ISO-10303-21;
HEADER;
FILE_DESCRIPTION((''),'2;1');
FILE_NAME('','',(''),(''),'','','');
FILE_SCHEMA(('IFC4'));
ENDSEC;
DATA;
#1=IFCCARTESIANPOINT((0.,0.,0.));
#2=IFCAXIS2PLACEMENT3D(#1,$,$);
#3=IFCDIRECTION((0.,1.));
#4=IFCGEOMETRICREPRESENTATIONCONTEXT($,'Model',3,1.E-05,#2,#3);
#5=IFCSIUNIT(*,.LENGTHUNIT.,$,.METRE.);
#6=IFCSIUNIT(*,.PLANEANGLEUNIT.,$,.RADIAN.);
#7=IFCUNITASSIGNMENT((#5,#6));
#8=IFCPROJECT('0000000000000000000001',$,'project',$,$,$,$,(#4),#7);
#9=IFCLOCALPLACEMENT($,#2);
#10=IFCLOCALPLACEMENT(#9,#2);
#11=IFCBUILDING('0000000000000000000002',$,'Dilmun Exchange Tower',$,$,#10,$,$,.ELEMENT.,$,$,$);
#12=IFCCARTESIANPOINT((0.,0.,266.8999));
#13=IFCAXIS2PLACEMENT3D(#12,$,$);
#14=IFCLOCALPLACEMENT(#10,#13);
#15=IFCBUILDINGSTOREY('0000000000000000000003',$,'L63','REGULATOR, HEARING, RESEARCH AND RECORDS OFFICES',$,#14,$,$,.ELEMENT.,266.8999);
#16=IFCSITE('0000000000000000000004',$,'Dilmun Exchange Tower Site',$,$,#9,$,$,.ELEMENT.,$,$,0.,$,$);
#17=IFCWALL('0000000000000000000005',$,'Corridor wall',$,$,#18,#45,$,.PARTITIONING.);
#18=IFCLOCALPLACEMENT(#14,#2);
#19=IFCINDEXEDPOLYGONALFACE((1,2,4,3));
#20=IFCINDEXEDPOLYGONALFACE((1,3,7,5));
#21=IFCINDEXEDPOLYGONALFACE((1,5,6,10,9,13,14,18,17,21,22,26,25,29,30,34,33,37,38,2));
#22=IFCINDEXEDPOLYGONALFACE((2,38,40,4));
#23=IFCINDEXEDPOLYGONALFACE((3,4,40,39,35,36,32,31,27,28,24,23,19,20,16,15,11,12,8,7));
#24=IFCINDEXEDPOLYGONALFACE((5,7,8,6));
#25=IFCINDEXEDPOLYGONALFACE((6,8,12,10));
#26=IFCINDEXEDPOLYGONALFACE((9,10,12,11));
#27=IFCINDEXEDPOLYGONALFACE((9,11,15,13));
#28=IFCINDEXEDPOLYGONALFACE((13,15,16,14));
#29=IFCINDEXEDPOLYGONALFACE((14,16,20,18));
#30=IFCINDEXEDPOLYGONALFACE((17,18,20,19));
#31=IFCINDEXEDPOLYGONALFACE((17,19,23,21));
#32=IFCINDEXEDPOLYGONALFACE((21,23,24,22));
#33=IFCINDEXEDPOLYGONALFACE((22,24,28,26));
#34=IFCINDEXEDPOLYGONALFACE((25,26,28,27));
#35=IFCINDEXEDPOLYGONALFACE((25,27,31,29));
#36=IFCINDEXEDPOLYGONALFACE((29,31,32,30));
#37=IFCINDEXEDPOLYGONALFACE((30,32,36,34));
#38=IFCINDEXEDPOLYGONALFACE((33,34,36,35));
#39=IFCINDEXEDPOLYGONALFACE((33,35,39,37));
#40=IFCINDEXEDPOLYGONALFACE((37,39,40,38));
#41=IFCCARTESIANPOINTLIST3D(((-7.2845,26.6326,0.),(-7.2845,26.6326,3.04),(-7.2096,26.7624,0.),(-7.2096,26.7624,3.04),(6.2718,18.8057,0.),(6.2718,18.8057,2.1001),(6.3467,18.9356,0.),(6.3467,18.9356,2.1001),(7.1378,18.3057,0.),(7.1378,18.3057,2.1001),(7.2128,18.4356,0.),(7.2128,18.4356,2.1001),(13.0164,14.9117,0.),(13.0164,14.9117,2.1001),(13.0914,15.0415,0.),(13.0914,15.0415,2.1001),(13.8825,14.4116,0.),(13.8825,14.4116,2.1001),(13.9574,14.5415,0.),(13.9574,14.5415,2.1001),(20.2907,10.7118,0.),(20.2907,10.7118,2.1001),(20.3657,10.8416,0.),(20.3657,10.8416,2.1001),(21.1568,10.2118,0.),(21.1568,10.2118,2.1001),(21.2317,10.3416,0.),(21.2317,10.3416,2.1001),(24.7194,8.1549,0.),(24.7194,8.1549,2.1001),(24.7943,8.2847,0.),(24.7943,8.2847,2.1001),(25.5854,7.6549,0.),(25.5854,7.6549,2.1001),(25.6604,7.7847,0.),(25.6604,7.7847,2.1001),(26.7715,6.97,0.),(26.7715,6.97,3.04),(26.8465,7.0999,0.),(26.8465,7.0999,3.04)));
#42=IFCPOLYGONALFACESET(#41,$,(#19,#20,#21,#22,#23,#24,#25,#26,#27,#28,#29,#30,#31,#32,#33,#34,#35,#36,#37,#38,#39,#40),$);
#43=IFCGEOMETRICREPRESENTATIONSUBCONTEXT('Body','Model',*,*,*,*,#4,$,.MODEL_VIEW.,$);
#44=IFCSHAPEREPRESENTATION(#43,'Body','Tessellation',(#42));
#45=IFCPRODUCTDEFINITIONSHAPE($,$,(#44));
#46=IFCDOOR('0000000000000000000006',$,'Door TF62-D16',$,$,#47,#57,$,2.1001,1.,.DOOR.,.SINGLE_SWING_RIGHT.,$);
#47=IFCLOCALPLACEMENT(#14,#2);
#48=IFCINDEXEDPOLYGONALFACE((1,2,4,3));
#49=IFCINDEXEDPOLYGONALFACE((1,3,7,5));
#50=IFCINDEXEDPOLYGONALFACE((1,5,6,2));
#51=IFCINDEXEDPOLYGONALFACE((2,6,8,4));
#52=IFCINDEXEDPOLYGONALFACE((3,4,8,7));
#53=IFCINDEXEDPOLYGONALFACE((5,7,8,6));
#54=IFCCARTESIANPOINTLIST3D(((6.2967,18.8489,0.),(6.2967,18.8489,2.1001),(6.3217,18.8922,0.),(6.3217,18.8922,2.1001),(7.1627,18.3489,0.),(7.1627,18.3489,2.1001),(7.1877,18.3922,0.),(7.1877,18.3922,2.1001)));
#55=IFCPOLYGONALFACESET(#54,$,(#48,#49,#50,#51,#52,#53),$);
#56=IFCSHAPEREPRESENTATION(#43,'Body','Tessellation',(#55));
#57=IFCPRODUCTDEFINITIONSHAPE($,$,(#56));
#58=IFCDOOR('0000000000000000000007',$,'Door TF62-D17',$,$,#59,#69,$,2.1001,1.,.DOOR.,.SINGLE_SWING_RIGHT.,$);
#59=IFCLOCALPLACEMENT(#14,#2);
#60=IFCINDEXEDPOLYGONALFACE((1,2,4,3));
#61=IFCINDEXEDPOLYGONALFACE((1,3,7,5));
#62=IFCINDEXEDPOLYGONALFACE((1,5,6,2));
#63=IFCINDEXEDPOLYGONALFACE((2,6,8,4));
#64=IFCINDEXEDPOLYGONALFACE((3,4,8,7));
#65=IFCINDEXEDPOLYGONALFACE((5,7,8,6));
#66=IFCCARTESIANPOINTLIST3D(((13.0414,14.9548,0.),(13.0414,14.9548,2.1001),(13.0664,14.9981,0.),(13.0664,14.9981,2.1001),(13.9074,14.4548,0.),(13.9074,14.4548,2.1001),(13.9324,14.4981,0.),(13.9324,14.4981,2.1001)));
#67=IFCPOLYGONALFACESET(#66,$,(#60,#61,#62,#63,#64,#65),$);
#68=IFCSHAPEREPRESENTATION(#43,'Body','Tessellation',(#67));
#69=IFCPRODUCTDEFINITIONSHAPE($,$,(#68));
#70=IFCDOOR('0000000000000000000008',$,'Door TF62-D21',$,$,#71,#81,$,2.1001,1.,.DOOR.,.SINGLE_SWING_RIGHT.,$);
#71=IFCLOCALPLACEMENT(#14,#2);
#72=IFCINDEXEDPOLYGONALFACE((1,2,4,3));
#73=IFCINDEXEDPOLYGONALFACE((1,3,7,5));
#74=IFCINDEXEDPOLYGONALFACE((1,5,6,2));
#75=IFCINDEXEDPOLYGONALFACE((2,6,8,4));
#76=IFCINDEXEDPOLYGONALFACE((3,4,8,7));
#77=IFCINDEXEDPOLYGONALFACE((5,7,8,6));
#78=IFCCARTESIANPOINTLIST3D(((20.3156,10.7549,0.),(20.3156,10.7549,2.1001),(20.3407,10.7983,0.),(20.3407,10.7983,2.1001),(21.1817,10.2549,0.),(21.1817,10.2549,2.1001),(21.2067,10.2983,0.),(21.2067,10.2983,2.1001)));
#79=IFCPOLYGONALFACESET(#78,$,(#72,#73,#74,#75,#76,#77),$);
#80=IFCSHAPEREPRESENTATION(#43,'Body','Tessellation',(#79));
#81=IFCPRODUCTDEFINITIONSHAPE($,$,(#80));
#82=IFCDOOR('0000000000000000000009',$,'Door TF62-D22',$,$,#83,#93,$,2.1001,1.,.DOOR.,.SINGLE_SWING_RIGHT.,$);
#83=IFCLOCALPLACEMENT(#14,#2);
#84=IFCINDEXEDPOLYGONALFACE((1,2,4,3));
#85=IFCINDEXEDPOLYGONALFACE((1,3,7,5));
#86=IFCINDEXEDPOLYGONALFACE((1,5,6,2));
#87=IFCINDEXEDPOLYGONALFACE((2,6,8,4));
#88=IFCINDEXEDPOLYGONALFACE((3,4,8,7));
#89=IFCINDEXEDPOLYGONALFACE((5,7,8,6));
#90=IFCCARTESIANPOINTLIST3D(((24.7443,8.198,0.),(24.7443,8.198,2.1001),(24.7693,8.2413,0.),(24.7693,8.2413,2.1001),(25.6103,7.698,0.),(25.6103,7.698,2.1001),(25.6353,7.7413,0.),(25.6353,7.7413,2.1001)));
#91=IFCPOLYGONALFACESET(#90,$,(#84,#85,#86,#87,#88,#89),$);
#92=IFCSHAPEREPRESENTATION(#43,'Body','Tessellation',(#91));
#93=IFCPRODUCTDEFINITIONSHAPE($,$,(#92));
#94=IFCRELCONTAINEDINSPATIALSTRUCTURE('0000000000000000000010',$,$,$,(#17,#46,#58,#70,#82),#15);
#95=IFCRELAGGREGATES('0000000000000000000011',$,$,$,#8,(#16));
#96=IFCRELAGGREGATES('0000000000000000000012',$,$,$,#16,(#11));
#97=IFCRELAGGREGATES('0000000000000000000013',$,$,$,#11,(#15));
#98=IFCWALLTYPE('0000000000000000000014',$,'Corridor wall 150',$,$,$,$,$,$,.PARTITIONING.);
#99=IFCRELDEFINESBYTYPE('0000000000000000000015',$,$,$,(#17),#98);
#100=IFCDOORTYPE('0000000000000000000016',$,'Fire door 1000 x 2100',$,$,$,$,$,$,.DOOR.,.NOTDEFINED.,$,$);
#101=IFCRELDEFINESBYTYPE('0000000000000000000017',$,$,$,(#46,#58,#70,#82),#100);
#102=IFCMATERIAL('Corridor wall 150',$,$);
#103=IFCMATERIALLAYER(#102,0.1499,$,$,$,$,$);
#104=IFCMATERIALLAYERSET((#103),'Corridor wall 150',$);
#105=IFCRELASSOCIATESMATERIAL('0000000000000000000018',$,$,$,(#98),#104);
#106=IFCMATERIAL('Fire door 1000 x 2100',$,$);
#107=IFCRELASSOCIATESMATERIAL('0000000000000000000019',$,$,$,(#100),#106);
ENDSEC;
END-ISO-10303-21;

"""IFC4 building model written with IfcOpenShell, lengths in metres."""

from ifc_helpers import new_model, si_unit, direction, frame, frame_2d, origin, place, context, subcontext, project, spatial, rectangle, extrude, material, layer, layer_set, type_object, element, fill, save


model = new_model("IFC4")

# Units and contexts
model_context = context("Model", 3, precision=1e-05, world=origin(), true_north=direction((0.0, 1.0)))
body_context = subcontext(model_context, "Body", "Model", "MODEL_VIEW")
ifc_project = project(units=[si_unit("LENGTHUNIT", "METRE"), si_unit("PLANEANGLEUNIT", "RADIAN")], contexts=[model_context])

# Site, building, storey
site_placement = place(None, origin())
site = spatial("IfcSite", under=ifc_project, at=site_placement, Name="Dilmun Exchange Tower Site", CompositionType="ELEMENT", RefElevation=0.0)
building_placement = place(site_placement, origin())
building = spatial("IfcBuilding", under=site, at=building_placement, Name="Dilmun Exchange Tower", CompositionType="ELEMENT")
storey_placement = place(building_placement, frame((0.0, 0.0, 266.8999)))
storey = spatial("IfcBuildingStorey", under=building, at=storey_placement, Name="L63", Description="REGULATOR, HEARING, RESEARCH AND RECORDS OFFICES", CompositionType="ELEMENT", Elevation=266.8999)

# Shared definitions
ifc_material_1 = material(Name="Corridor wall 150")
ifc_layer_1 = layer(ifc_material_1, 0.1499)
ifc_layer_set_1 = layer_set([ifc_layer_1], Name="Corridor wall 150")
wall_type = type_object("IfcWallType", Name="Corridor wall 150", PredefinedType="PARTITIONING", material=ifc_layer_set_1)

# Wall, openings, doors
wall_1_placement = place(storey_placement, frame((-7.2471, 26.6975, 0.0), z_axis=(0.0, 0.0, 1.0), x_axis=(0.866022, -0.500005, 0.0)))
wall_1 = element("IfcWall", 1, at=wall_1_placement, inside=storey, type_object=wall_type, Name="Corridor wall", PredefinedType="PARTITIONING", context=body_context, shape_type="SweptSolid", body=[
    extrude(rectangle(XDim=39.3247, YDim=0.1499, at=frame_2d((19.6624, 0.0))), origin(), (0.0, 0.0, 1.0), 3.04),
])
opening_1_placement = place(wall_1_placement, frame((15.6536, 0.0, 0.0)))
opening_1 = element("IfcOpeningElement", 2, at=opening_1_placement, cuts=wall_1, PredefinedType="OPENING", context=body_context, shape_type="SweptSolid", body=[
    extrude(rectangle(XDim=1.0, YDim=2.1001, at=frame_2d((0.5, 1.05))), frame((0.0, 0.085, 0.0), z_axis=(0.0, -1.0, 0.0), x_axis=(1.0, 0.0, 0.0)), (0.0, 0.0, 1.0), 0.1699),
])
opening_2_placement = place(wall_1_placement, frame((23.4417, 0.0, 0.0)))
opening_2 = element("IfcOpeningElement", 3, at=opening_2_placement, cuts=wall_1, PredefinedType="OPENING", context=body_context, shape_type="SweptSolid", body=[
    extrude(rectangle(XDim=1.0, YDim=2.1001, at=frame_2d((0.5, 1.05))), frame((0.0, 0.085, 0.0), z_axis=(0.0, -1.0, 0.0), x_axis=(1.0, 0.0, 0.0)), (0.0, 0.0, 1.0), 0.1699),
])
opening_3_placement = place(wall_1_placement, frame((31.8413, 0.0, 0.0)))
opening_3 = element("IfcOpeningElement", 4, at=opening_3_placement, cuts=wall_1, PredefinedType="OPENING", context=body_context, shape_type="SweptSolid", body=[
    extrude(rectangle(XDim=1.0, YDim=2.1001, at=frame_2d((0.5, 1.05))), frame((0.0, 0.085, 0.0), z_axis=(0.0, -1.0, 0.0), x_axis=(1.0, 0.0, 0.0)), (0.0, 0.0, 1.0), 0.1699),
])
opening_4_placement = place(wall_1_placement, frame((36.9551, 0.0, 0.0)))
opening_4 = element("IfcOpeningElement", 5, at=opening_4_placement, cuts=wall_1, PredefinedType="OPENING", context=body_context, shape_type="SweptSolid", body=[
    extrude(rectangle(XDim=1.0, YDim=2.1001, at=frame_2d((0.5, 1.05))), frame((0.0, 0.085, 0.0), z_axis=(0.0, -1.0, 0.0), x_axis=(1.0, 0.0, 0.0)), (0.0, 0.0, 1.0), 0.1699),
])
ifc_material_2 = material(Name="Fire door 1000 x 2100")
door_type = type_object("IfcDoorType", Name="Fire door 1000 x 2100", OperationType="NOTDEFINED", PredefinedType="DOOR", material=ifc_material_2)
door_1_placement = place(opening_1_placement, origin())
door_1 = element("IfcDoor", 6, at=door_1_placement, inside=storey, type_object=door_type, Name="Door TF62-D16", OperationType="SINGLE_SWING_RIGHT", OverallHeight=2.1001, OverallWidth=1.0, PredefinedType="DOOR", context=body_context, shape_type="SweptSolid", body=[
    extrude(rectangle(XDim=1.0, YDim=2.1001, at=frame_2d((0.5, 1.05))), frame((0.0, 0.0249, 0.0), z_axis=(0.0, -1.0, 0.0), x_axis=(1.0, 0.0, 0.0)), (0.0, 0.0, 1.0), 0.05),
])
fill(opening_1, door_1)
door_2_placement = place(opening_2_placement, origin())
door_2 = element("IfcDoor", 7, at=door_2_placement, inside=storey, type_object=door_type, Name="Door TF62-D17", OperationType="SINGLE_SWING_RIGHT", OverallHeight=2.1001, OverallWidth=1.0, PredefinedType="DOOR", context=body_context, shape_type="SweptSolid", body=[
    extrude(rectangle(XDim=1.0, YDim=2.1001, at=frame_2d((0.5, 1.05))), frame((0.0, 0.0249, 0.0), z_axis=(0.0, -1.0, 0.0), x_axis=(1.0, 0.0, 0.0)), (0.0, 0.0, 1.0), 0.05),
])
fill(opening_2, door_2)
door_3_placement = place(opening_3_placement, origin())
door_3 = element("IfcDoor", 8, at=door_3_placement, inside=storey, type_object=door_type, Name="Door TF62-D21", OperationType="SINGLE_SWING_RIGHT", OverallHeight=2.1001, OverallWidth=1.0, PredefinedType="DOOR", context=body_context, shape_type="SweptSolid", body=[
    extrude(rectangle(XDim=1.0, YDim=2.1001, at=frame_2d((0.5, 1.05))), frame((0.0, 0.0249, 0.0), z_axis=(0.0, -1.0, 0.0), x_axis=(1.0, 0.0, 0.0)), (0.0, 0.0, 1.0), 0.05),
])
fill(opening_3, door_3)
door_4_placement = place(opening_4_placement, origin())
door_4 = element("IfcDoor", 9, at=door_4_placement, inside=storey, type_object=door_type, Name="Door TF62-D22", OperationType="SINGLE_SWING_RIGHT", OverallHeight=2.1001, OverallWidth=1.0, PredefinedType="DOOR", context=body_context, shape_type="SweptSolid", body=[
    extrude(rectangle(XDim=1.0, YDim=2.1001, at=frame_2d((0.5, 1.05))), frame((0.0, 0.0249, 0.0), z_axis=(0.0, -1.0, 0.0), x_axis=(1.0, 0.0, 0.0)), (0.0, 0.0, 1.0), 0.05),
])
fill(opening_4, door_4)

save(model, "model.ifc")
